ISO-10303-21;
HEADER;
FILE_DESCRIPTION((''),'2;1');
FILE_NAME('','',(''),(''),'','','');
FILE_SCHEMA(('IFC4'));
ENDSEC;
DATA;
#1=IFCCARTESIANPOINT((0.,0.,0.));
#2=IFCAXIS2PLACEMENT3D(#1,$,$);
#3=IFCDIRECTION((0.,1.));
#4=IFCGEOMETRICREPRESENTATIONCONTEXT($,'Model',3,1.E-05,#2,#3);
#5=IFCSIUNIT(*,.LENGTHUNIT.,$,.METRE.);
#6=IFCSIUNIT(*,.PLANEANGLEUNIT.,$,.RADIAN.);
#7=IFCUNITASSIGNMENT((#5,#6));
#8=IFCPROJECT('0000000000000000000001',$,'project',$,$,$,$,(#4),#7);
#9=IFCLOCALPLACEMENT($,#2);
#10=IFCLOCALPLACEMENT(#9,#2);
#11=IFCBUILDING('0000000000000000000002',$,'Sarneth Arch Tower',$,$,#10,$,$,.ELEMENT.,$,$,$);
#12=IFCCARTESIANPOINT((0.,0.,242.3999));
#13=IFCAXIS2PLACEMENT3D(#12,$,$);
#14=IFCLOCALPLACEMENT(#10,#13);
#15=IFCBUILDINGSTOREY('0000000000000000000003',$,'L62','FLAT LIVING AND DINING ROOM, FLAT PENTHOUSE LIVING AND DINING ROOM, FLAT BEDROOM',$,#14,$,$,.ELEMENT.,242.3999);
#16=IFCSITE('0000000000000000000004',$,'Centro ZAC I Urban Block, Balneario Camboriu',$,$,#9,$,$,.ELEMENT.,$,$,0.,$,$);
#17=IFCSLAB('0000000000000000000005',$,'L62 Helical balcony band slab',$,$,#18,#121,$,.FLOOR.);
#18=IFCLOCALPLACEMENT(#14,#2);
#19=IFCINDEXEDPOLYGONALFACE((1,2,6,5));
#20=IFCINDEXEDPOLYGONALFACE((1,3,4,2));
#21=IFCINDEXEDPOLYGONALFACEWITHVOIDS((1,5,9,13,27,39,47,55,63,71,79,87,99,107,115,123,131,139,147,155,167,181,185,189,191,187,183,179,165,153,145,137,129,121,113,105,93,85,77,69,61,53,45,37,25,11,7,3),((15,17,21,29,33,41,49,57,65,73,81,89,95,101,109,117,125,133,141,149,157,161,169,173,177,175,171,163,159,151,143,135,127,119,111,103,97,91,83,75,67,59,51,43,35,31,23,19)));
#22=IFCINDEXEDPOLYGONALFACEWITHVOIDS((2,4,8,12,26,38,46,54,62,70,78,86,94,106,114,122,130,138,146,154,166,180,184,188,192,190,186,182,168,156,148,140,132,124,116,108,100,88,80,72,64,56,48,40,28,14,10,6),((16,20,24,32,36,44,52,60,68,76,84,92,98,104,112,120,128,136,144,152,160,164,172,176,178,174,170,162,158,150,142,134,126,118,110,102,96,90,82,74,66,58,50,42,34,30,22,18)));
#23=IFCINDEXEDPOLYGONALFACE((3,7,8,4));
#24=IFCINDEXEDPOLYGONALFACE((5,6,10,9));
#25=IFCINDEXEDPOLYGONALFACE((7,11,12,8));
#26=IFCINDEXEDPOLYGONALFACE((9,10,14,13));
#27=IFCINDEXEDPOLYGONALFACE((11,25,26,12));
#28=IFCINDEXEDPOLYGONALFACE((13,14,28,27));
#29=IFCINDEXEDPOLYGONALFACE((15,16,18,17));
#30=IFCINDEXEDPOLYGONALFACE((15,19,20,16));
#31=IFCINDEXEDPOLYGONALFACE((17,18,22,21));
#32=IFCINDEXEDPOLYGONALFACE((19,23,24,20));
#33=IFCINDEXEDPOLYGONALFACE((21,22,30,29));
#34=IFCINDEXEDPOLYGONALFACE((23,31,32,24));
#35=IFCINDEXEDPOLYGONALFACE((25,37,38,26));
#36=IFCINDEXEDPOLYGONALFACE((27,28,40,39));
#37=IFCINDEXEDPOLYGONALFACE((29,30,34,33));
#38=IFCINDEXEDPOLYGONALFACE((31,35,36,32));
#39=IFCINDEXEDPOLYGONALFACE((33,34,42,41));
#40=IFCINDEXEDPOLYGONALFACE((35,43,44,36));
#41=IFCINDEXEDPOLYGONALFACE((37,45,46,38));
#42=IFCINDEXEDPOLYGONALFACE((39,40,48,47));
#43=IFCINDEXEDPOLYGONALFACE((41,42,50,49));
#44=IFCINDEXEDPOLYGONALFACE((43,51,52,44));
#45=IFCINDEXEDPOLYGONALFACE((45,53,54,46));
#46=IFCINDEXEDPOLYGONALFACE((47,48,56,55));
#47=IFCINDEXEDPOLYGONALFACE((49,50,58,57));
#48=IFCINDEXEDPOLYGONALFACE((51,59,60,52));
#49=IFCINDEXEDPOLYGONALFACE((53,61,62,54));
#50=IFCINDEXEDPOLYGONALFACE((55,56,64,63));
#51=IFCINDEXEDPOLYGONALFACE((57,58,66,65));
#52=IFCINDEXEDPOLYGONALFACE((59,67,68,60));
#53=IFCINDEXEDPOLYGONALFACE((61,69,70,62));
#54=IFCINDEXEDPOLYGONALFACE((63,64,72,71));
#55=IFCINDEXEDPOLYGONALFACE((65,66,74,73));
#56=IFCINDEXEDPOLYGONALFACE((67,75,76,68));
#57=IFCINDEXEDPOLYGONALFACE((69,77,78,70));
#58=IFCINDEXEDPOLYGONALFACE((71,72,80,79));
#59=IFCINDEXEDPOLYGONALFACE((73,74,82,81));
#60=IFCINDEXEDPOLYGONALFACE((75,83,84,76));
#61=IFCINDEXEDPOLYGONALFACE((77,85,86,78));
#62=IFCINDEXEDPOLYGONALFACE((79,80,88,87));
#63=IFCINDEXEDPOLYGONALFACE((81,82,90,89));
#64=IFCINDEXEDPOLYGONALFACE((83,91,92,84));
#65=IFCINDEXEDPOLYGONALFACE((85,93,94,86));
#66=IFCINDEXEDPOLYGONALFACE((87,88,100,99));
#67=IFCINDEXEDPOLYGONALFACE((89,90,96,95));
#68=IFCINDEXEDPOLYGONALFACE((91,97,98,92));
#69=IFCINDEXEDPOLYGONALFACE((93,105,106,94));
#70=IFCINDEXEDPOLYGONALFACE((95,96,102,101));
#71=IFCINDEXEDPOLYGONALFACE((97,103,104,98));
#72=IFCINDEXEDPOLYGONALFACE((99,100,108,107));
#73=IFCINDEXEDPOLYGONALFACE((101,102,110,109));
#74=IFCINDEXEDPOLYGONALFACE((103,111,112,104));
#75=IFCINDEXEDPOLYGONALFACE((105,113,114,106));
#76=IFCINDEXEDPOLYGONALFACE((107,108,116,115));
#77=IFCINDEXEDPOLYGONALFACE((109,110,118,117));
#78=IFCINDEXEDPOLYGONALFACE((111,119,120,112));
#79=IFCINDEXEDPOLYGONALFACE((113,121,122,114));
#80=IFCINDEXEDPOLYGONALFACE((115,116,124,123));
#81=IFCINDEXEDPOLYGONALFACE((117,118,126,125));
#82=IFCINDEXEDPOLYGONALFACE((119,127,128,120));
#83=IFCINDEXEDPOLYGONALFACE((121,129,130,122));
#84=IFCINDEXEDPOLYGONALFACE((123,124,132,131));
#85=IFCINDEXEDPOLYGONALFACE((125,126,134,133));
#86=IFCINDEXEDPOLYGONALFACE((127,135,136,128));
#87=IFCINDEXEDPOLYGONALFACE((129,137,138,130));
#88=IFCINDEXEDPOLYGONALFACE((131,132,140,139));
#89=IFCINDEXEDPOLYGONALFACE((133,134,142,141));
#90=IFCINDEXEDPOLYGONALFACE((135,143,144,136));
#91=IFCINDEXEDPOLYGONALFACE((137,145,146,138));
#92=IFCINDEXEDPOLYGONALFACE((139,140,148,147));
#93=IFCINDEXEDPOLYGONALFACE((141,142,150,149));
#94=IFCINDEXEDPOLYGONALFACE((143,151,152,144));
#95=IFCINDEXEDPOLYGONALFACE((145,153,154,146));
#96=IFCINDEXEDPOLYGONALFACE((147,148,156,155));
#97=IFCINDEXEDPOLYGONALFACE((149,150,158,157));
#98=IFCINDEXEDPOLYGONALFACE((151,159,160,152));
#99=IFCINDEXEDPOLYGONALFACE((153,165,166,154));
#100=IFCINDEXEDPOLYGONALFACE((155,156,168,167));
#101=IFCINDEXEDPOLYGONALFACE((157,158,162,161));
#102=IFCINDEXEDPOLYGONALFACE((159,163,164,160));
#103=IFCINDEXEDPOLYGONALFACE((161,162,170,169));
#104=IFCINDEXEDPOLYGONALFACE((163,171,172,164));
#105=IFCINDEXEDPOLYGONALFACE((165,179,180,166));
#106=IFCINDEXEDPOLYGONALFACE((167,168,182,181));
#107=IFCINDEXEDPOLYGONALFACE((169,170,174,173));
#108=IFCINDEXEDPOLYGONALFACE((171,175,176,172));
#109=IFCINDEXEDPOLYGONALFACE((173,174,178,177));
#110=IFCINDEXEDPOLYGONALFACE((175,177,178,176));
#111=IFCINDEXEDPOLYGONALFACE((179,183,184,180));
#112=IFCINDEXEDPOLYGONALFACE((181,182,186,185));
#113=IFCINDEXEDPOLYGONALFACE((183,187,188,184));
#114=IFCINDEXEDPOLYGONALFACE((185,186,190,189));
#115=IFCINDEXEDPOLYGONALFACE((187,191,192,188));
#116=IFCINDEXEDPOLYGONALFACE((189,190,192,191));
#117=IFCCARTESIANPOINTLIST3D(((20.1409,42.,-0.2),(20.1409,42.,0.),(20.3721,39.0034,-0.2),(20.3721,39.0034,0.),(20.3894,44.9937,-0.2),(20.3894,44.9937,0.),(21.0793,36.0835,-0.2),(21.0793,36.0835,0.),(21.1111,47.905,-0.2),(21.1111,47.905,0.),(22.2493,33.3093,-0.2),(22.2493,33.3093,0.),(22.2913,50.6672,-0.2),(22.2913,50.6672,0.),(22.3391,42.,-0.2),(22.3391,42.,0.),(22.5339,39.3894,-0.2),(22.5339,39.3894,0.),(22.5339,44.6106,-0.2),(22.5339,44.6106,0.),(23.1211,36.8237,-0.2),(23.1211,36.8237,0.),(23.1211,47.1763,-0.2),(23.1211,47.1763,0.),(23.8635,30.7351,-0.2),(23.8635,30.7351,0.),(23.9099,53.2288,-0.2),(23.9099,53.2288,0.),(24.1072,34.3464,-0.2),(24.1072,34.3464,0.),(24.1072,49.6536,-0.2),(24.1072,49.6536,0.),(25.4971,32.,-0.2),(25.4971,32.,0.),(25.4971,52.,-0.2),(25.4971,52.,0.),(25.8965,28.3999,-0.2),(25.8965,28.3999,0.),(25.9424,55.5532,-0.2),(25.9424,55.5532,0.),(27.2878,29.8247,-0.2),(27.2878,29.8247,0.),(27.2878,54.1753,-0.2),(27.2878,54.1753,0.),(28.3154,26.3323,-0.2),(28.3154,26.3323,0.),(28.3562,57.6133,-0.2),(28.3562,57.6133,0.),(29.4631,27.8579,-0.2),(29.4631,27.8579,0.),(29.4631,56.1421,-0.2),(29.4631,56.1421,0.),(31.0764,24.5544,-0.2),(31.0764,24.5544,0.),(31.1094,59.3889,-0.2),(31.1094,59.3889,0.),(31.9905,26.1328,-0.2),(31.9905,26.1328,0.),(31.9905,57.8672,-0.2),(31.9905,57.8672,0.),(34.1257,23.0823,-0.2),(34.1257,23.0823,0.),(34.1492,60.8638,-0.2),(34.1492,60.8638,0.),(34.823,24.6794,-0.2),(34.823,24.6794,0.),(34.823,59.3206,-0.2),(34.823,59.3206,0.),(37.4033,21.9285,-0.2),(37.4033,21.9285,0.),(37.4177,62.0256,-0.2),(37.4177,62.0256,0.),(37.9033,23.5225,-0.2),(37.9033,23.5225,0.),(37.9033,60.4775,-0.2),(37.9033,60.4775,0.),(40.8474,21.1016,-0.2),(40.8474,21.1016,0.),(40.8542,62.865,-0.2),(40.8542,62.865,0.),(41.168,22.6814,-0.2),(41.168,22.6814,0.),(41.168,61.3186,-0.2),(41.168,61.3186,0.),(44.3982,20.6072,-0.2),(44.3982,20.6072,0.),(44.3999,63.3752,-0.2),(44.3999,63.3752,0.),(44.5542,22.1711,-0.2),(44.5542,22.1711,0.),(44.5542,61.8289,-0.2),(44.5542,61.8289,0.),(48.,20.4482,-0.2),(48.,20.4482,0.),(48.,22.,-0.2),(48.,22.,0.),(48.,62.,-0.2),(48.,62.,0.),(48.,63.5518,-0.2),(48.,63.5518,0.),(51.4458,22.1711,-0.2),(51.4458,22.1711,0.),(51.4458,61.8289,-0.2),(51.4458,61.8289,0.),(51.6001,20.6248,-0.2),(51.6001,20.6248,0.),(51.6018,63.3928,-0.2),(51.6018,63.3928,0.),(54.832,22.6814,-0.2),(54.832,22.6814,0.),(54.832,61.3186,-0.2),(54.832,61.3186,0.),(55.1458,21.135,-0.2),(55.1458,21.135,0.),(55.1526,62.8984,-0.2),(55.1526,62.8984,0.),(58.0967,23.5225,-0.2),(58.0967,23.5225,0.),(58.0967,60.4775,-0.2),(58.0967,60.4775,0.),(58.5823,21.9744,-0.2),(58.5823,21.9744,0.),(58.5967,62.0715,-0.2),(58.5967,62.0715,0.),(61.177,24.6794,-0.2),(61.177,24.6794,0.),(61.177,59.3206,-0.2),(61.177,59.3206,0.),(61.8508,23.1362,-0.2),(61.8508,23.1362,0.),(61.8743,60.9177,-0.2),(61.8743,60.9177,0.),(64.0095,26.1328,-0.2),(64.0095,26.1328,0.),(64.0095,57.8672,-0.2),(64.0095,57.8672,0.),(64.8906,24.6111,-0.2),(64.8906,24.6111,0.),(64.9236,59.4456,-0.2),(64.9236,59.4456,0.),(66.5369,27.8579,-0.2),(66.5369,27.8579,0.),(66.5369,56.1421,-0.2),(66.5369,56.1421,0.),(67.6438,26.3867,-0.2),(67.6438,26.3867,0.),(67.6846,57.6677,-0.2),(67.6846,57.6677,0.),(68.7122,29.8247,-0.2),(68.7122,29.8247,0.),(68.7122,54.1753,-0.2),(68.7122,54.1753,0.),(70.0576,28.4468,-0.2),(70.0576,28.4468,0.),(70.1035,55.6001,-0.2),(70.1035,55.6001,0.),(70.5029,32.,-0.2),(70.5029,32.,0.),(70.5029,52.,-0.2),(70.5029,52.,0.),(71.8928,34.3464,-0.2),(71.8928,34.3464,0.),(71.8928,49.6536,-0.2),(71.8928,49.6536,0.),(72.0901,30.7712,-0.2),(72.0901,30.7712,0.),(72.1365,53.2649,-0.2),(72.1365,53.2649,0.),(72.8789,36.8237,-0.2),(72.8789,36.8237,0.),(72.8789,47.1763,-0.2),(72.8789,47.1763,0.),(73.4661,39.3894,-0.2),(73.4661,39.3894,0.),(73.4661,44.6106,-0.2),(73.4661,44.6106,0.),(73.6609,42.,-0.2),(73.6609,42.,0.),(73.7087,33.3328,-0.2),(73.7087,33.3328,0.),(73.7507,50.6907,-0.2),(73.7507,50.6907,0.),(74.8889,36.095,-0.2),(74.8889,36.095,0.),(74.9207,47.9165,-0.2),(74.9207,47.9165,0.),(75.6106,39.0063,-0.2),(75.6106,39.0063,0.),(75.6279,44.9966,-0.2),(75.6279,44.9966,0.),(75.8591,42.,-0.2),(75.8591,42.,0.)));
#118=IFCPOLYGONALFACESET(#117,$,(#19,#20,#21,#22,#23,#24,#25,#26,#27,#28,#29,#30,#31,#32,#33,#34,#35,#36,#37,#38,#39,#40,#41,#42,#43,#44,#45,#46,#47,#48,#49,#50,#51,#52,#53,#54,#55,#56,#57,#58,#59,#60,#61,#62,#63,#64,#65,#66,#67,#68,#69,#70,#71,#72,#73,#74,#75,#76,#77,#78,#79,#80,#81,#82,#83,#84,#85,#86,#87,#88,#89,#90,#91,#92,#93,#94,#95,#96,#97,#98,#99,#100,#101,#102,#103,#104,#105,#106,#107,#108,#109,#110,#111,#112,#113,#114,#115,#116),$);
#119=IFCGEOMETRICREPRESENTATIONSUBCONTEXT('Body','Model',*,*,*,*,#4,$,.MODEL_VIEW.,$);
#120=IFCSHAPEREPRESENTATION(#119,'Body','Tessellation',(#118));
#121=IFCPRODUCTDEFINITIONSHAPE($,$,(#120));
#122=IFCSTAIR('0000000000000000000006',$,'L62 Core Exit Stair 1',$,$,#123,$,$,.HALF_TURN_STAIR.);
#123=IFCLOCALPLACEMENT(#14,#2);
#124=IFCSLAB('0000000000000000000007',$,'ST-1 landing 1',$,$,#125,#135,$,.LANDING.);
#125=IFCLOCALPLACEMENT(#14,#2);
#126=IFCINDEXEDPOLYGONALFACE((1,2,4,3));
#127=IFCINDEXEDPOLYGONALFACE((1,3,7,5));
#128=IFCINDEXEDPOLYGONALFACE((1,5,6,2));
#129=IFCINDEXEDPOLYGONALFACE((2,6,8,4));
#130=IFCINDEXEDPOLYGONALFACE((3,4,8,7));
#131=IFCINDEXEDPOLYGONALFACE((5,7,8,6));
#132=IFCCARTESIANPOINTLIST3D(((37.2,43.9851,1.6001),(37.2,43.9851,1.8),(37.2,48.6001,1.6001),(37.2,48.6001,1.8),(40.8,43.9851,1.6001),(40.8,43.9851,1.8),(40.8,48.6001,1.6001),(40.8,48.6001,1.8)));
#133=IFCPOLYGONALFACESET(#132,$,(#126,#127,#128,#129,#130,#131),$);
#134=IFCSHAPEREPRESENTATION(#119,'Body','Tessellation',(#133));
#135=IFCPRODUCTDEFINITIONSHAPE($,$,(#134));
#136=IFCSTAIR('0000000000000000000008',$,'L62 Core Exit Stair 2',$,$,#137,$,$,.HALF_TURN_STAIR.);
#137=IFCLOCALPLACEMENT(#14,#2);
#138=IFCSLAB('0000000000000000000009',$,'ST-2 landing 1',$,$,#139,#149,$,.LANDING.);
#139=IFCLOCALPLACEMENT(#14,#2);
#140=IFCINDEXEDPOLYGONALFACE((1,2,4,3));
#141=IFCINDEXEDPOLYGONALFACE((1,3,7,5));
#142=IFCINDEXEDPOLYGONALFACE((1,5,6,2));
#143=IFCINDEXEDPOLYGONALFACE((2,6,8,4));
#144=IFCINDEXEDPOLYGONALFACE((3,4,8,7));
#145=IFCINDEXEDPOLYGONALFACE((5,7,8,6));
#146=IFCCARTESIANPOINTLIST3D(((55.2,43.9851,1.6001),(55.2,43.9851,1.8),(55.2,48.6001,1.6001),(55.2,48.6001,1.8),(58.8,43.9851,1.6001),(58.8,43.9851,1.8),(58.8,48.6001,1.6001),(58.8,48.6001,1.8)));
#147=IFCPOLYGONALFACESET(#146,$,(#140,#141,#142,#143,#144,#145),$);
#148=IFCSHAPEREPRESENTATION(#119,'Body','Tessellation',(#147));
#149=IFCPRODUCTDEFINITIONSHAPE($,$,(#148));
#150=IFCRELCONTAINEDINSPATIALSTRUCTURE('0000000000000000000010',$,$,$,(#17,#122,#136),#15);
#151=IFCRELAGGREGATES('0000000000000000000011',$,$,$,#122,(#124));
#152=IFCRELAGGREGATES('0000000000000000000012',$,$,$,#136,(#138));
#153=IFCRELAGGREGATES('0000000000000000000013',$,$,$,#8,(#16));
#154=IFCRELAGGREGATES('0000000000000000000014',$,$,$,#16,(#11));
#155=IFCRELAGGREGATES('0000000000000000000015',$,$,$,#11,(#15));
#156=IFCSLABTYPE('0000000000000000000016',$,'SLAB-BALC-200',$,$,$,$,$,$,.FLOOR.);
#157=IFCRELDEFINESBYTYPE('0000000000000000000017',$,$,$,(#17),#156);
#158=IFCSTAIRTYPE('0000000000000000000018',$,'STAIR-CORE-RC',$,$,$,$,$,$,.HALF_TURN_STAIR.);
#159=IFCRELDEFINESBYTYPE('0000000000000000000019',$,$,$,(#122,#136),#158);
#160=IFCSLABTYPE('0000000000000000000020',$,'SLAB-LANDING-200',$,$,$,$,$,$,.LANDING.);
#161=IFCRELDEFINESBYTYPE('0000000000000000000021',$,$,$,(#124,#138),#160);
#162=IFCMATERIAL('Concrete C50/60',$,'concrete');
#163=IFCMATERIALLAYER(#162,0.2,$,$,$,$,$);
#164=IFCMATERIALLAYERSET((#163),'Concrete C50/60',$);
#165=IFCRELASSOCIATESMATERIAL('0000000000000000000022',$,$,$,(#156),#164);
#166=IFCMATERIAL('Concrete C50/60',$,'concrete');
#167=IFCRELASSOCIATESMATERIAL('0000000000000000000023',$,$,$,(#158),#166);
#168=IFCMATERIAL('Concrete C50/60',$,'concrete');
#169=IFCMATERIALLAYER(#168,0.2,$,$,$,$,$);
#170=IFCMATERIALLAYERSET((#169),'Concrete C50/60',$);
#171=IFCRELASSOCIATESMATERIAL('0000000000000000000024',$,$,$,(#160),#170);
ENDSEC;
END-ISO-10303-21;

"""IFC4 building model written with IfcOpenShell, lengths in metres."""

from ifc_helpers import new_model, si_unit, direction, frame, origin, place, context, subcontext, project, spatial, polyline, outline, extrude, material, layer, layer_set, type_object, element, aggregate, save


model = new_model("IFC4")

# Units and contexts
model_context = context("Model", 3, precision=1e-05, world=origin(), true_north=direction((0.0, 1.0)))
body_context = subcontext(model_context, "Body", "Model", "MODEL_VIEW")
ifc_project = project(units=[si_unit("LENGTHUNIT", "METRE"), si_unit("PLANEANGLEUNIT", "RADIAN")], contexts=[model_context])

# Site, building, storey
site_placement = place(None, origin())
site = spatial("IfcSite", under=ifc_project, at=site_placement, Name="Centro ZAC I Urban Block, Balneario Camboriu", CompositionType="ELEMENT", RefElevation=0.0)
building_placement = place(site_placement, origin())
building = spatial("IfcBuilding", under=site, at=building_placement, Name="Sarneth Arch Tower", CompositionType="ELEMENT")
storey_placement = place(building_placement, frame((0.0, 0.0, 242.3999)))
storey = spatial("IfcBuildingStorey", under=building, at=storey_placement, Name="L62", Description="FLAT LIVING AND DINING ROOM, FLAT PENTHOUSE LIVING AND DINING ROOM, FLAT BEDROOM", CompositionType="ELEMENT", Elevation=242.3999)

# Slab
ifc_material_1 = material(Name="Concrete C50/60", Category="concrete")
ifc_layer_1 = layer(ifc_material_1, 0.2)
ifc_layer_set_1 = layer_set([ifc_layer_1], Name="Concrete C50/60")
slab_type_1 = type_object("IfcSlabType", Name="SLAB-BALC-200", PredefinedType="FLOOR", material=ifc_layer_set_1)
slab_1_placement = place(storey_placement, frame((0.0, 0.0, -0.2)))
element("IfcSlab", 1, at=slab_1_placement, inside=storey, type_object=slab_type_1, Name="L62 Helical balcony band slab", PredefinedType="FLOOR", context=body_context, shape_type="SweptSolid", body=[
    extrude(outline(polyline([(75.8591, 42.0), (75.6279, 44.9966), (74.9207, 47.9165), (73.7507, 50.6907), (72.1365, 53.2649), (70.1035, 55.6001), (67.6846, 57.6677), (64.9236, 59.4456), (61.8743, 60.9177), (58.5967, 62.0715), (55.1526, 62.8984), (51.6018, 63.3928), (48.0, 63.5518), (44.3999, 63.3752), (40.8542, 62.865), (37.4177, 62.0256), (34.1492, 60.8638), (31.1094, 59.3889), (28.3562, 57.6133), (25.9424, 55.5532), (23.9099, 53.2288), (22.2913, 50.6672), (21.1111, 47.905), (20.3894, 44.9937), (20.1409, 42.0), (20.3721, 39.0034), (21.0793, 36.0835), (22.2493, 33.3093), (23.8635, 30.7351), (25.8965, 28.3999), (28.3154, 26.3323), (31.0764, 24.5544), (34.1257, 23.0823), (37.4033, 21.9285), (40.8474, 21.1016), (44.3982, 20.6072), (48.0, 20.4482), (51.6001, 20.6248), (55.1458, 21.135), (58.5823, 21.9744), (61.8508, 23.1362), (64.8906, 24.6111), (67.6438, 26.3867), (70.0576, 28.4468), (72.0901, 30.7712), (73.7087, 33.3328), (74.8889, 36.095), (75.6106, 39.0063), (75.8591, 42.0)]), holes=[polyline([(73.6609, 42.0), (73.4661, 44.6106), (72.8789, 47.1763), (71.8928, 49.6536), (70.5029, 52.0), (68.7122, 54.1753), (66.5369, 56.1421), (64.0095, 57.8672), (61.177, 59.3206), (58.0967, 60.4775), (54.832, 61.3186), (51.4458, 61.8289), (48.0, 62.0), (44.5542, 61.8289), (41.168, 61.3186), (37.9033, 60.4775), (34.823, 59.3206), (31.9905, 57.8672), (29.4631, 56.1421), (27.2878, 54.1753), (25.4971, 52.0), (24.1072, 49.6536), (23.1211, 47.1763), (22.5339, 44.6106), (22.3391, 42.0), (22.5339, 39.3894), (23.1211, 36.8237), (24.1072, 34.3464), (25.4971, 32.0), (27.2878, 29.8247), (29.4631, 27.8579), (31.9905, 26.1328), (34.823, 24.6794), (37.9033, 23.5225), (41.168, 22.6814), (44.5542, 22.1711), (48.0, 22.0), (51.4458, 22.1711), (54.832, 22.6814), (58.0967, 23.5225), (61.177, 24.6794), (64.0095, 26.1328), (66.5369, 27.8579), (68.7122, 29.8247), (70.5029, 32.0), (71.8928, 34.3464), (72.8789, 36.8237), (73.4661, 39.3894), (73.6609, 42.0)])]), origin(), (0.0, 0.0, 1.0), 0.2),
])

# Stairs, slabs
ifc_material_2 = material(Name="Concrete C50/60", Category="concrete")
stair_type = type_object("IfcStairType", Name="STAIR-CORE-RC", PredefinedType="HALF_TURN_STAIR", material=ifc_material_2)
stair_1_placement = place(storey_placement, origin())
stair_1 = element("IfcStair", 2, at=stair_1_placement, inside=storey, type_object=stair_type, Name="L62 Core Exit Stair 1", PredefinedType="HALF_TURN_STAIR")
ifc_material_3 = material(Name="Concrete C50/60", Category="concrete")
ifc_layer_2 = layer(ifc_material_3, 0.2)
ifc_layer_set_2 = layer_set([ifc_layer_2], Name="Concrete C50/60")
slab_type_2 = type_object("IfcSlabType", Name="SLAB-LANDING-200", PredefinedType="LANDING", material=ifc_layer_set_2)
slab_2_placement = place(storey_placement, frame((0.0, 0.0, 1.6001)))
slab_2 = element("IfcSlab", 3, at=slab_2_placement, type_object=slab_type_2, Name="ST-1 landing 1", PredefinedType="LANDING", context=body_context, shape_type="SweptSolid", body=[
    extrude(outline(polyline([(37.2, 43.9851), (40.8, 43.9851), (40.8, 48.6001), (37.2, 48.6001), (37.2, 43.9851)])), origin(), (0.0, 0.0, 1.0), 0.2),
])
aggregate(stair_1, [slab_2])
stair_2_placement = place(storey_placement, origin())
stair_2 = element("IfcStair", 4, at=stair_2_placement, inside=storey, type_object=stair_type, Name="L62 Core Exit Stair 2", PredefinedType="HALF_TURN_STAIR")
slab_3_placement = place(storey_placement, frame((0.0, 0.0, 1.6001)))
slab_3 = element("IfcSlab", 5, at=slab_3_placement, type_object=slab_type_2, Name="ST-2 landing 1", PredefinedType="LANDING", context=body_context, shape_type="SweptSolid", body=[
    extrude(outline(polyline([(55.2, 43.9851), (58.8, 43.9851), (58.8, 48.6001), (55.2, 48.6001), (55.2, 43.9851)])), origin(), (0.0, 0.0, 1.0), 0.2),
])
aggregate(stair_2, [slab_3])

save(model, "model.ifc")
